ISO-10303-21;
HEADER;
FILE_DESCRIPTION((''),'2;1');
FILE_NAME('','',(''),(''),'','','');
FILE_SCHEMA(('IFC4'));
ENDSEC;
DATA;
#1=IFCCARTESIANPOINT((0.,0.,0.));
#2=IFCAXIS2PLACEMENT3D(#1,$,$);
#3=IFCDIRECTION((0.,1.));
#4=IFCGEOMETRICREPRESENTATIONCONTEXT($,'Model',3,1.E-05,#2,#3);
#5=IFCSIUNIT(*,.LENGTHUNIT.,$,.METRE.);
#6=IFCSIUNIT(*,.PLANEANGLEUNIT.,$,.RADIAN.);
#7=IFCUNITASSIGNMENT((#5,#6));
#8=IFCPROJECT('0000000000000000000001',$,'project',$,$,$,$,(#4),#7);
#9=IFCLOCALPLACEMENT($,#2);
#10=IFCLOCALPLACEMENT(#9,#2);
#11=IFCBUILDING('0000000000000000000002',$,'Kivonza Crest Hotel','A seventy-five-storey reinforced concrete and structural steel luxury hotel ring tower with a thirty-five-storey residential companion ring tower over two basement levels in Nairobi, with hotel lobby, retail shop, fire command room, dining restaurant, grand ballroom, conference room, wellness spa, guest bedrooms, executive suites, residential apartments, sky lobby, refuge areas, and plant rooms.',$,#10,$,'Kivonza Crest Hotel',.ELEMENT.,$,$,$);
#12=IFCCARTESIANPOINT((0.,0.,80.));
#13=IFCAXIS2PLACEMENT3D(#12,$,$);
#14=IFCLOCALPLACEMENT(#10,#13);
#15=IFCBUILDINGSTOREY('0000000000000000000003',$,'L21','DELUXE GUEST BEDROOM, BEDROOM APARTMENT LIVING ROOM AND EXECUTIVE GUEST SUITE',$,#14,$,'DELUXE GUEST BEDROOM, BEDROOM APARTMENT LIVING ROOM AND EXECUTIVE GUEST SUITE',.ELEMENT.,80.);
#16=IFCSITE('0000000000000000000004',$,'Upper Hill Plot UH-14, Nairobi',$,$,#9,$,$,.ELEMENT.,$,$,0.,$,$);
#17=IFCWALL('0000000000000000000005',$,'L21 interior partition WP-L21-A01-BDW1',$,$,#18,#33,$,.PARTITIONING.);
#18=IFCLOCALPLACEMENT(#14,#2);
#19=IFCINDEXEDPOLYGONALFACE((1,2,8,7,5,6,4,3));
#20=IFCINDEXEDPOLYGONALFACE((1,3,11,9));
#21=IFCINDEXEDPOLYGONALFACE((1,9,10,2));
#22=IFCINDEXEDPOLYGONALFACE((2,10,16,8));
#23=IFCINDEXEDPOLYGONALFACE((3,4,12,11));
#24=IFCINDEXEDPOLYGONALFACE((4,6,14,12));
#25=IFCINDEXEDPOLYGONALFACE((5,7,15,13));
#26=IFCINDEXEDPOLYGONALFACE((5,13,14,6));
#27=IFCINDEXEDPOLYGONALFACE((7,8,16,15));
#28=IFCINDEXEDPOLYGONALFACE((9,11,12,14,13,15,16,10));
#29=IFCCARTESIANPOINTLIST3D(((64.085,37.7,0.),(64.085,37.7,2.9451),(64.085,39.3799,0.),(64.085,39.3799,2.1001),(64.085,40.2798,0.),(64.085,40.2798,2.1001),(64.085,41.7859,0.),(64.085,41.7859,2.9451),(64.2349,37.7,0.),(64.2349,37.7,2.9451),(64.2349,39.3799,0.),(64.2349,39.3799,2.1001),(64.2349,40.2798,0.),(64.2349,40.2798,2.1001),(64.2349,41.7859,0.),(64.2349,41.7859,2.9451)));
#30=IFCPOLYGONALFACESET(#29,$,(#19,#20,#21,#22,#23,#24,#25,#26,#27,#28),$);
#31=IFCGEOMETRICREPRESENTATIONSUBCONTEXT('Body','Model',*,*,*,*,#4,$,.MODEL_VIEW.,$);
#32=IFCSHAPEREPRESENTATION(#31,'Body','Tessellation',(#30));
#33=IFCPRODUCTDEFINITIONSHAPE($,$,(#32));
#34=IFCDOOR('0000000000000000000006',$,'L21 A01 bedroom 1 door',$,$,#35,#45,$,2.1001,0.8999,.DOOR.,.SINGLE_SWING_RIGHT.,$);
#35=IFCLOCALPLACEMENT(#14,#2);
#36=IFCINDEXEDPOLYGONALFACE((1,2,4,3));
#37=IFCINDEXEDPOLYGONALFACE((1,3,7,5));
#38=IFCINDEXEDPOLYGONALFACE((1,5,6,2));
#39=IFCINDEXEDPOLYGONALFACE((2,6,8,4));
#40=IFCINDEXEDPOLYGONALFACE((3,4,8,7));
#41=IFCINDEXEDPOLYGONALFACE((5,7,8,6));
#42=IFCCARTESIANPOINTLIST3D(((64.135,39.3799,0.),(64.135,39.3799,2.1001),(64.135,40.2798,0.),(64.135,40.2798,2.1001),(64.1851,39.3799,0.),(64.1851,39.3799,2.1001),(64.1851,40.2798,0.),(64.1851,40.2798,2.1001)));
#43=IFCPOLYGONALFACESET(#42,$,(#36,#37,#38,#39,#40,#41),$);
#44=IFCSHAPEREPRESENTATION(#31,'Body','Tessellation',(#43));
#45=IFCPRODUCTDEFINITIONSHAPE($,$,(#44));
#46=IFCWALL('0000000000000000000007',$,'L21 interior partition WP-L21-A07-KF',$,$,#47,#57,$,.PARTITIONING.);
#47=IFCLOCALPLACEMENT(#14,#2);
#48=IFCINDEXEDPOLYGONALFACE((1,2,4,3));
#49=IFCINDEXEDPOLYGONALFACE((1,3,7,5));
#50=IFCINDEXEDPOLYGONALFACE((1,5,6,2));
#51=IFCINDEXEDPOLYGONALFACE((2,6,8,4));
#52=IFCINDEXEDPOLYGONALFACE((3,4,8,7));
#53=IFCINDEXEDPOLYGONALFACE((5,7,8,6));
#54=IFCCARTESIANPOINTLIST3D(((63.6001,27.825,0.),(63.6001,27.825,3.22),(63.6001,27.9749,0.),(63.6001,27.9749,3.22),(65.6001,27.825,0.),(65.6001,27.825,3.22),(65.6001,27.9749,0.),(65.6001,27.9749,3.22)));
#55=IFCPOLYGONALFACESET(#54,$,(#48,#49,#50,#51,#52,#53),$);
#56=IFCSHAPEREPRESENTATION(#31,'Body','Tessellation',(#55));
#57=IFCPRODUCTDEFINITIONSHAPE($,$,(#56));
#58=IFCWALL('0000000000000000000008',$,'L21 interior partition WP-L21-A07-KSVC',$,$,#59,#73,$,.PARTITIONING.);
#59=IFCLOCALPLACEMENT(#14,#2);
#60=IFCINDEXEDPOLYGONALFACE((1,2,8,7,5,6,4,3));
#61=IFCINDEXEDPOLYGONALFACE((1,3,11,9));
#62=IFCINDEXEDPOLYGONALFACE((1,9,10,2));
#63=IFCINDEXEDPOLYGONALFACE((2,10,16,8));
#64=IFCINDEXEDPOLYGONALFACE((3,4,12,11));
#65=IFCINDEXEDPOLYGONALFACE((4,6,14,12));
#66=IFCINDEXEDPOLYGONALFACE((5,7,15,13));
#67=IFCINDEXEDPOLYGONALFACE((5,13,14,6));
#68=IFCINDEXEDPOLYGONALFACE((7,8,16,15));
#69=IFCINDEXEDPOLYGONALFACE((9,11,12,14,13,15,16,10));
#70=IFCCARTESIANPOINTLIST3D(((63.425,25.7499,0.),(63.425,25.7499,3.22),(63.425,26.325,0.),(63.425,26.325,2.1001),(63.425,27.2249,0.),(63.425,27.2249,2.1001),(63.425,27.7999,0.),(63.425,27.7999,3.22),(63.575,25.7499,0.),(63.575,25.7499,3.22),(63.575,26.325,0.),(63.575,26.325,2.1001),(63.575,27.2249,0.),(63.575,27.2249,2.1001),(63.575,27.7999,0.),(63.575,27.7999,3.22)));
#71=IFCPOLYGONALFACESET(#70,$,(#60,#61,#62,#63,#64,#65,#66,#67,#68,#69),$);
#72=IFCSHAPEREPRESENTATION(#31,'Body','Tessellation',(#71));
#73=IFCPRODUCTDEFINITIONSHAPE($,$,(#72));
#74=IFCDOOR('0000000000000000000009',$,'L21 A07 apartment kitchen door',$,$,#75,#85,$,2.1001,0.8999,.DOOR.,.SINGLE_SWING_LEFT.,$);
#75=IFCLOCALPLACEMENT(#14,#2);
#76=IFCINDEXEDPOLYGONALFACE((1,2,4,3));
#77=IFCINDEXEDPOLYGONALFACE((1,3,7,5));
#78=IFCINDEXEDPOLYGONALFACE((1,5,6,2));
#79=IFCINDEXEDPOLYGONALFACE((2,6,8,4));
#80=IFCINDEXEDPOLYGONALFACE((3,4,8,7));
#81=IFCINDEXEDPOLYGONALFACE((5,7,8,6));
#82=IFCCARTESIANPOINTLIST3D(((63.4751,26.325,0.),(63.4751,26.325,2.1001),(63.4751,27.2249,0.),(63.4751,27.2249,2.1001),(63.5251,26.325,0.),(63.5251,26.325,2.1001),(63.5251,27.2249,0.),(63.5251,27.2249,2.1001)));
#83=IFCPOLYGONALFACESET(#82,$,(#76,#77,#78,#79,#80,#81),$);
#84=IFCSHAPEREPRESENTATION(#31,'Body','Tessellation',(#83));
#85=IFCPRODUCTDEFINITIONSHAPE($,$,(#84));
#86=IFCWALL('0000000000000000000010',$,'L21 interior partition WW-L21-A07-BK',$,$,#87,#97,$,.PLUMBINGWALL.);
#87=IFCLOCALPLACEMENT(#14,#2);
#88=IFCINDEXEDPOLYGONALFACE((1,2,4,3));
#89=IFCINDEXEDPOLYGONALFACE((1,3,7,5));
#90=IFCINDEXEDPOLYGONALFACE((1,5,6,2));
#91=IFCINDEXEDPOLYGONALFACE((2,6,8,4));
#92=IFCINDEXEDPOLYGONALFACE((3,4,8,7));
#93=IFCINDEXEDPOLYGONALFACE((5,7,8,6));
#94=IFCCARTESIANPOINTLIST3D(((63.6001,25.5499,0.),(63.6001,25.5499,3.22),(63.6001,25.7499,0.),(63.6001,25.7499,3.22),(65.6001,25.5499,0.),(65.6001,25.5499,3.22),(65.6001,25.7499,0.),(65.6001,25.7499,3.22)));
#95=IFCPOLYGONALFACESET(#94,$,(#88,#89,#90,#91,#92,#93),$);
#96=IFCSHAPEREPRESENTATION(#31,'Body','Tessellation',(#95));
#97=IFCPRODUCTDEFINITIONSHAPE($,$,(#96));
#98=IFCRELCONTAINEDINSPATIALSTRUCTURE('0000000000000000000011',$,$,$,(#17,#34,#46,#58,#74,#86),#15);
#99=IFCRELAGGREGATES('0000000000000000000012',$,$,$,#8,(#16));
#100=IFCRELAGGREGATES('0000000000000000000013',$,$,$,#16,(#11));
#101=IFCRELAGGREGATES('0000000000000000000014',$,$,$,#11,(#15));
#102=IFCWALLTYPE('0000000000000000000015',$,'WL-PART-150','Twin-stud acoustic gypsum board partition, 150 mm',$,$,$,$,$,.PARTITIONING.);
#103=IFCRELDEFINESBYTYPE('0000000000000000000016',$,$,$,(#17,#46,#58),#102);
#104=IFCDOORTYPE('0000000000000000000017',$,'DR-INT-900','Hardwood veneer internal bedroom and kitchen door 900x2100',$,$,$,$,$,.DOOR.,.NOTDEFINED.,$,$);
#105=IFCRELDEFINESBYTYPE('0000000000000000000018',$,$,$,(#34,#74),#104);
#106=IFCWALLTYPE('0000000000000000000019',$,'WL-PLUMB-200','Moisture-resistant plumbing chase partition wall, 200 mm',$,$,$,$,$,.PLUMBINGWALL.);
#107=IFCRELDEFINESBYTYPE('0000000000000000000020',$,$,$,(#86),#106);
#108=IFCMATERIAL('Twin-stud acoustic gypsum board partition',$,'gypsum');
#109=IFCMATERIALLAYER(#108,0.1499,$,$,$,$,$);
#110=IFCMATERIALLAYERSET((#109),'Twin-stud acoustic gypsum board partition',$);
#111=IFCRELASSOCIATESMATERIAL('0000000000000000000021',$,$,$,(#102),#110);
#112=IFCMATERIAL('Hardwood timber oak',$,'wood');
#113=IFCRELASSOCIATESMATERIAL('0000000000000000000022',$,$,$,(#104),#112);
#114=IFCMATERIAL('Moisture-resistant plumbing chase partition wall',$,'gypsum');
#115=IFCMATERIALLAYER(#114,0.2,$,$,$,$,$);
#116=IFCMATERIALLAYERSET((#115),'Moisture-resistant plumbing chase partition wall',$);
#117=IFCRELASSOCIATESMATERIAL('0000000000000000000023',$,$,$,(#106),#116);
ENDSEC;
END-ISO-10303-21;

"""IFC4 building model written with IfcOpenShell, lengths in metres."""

from ifc_helpers import new_model, si_unit, direction, frame, frame_2d, origin, place, context, subcontext, project, spatial, rectangle, extrude, material, layer, layer_set, type_object, element, fill, save


model = new_model("IFC4")

# Units and contexts
model_context = context("Model", 3, precision=1e-05, world=origin(), true_north=direction((0.0, 1.0)))
body_context = subcontext(model_context, "Body", "Model", "MODEL_VIEW")
ifc_project = project(units=[si_unit("LENGTHUNIT", "METRE"), si_unit("PLANEANGLEUNIT", "RADIAN")], contexts=[model_context])

# Site, building, storey
site_placement = place(None, origin())
site = spatial("IfcSite", under=ifc_project, at=site_placement, Name="Upper Hill Plot UH-14, Nairobi", CompositionType="ELEMENT", RefElevation=0.0)
building_placement = place(site_placement, origin())
building = spatial("IfcBuilding", under=site, at=building_placement, Name="Kivonza Crest Hotel", Description="A seventy-five-storey reinforced concrete and structural steel luxury hotel ring tower with a thirty-five-storey residential companion ring tower over two basement levels in Nairobi, with hotel lobby, retail shop, fire command room, dining restaurant, grand ballroom, conference room, wellness spa, guest bedrooms, executive suites, residential apartments, sky lobby, refuge areas, and plant rooms.", LongName="Kivonza Crest Hotel", CompositionType="ELEMENT")
storey_placement = place(building_placement, frame((0.0, 0.0, 80.0)))
storey = spatial("IfcBuildingStorey", under=building, at=storey_placement, Name="L21", Description="DELUXE GUEST BEDROOM, BEDROOM APARTMENT LIVING ROOM AND EXECUTIVE GUEST SUITE", LongName="DELUXE GUEST BEDROOM, BEDROOM APARTMENT LIVING ROOM AND EXECUTIVE GUEST SUITE", CompositionType="ELEMENT", Elevation=80.0)

# Shared definitions
ifc_material_1 = material(Name="Hardwood timber oak", Category="wood")

# Wall, opening, door
ifc_material_2 = material(Name="Twin-stud acoustic gypsum board partition", Category="gypsum")
ifc_layer_1 = layer(ifc_material_2, 0.1499)
ifc_layer_set_1 = layer_set([ifc_layer_1], Name="Twin-stud acoustic gypsum board partition")
wall_type_1 = type_object("IfcWallType", Name="WL-PART-150", Description="Twin-stud acoustic gypsum board partition, 150 mm", PredefinedType="PARTITIONING", material=ifc_layer_set_1)
wall_1_placement = place(storey_placement, frame((64.1599, 37.7, 0.0), z_axis=(0.0, 0.0, 1.0), x_axis=(0.0, 1.0, 0.0)))
wall_1 = element("IfcWall", 1, at=wall_1_placement, inside=storey, type_object=wall_type_1, Name="L21 interior partition WP-L21-A01-BDW1", PredefinedType="PARTITIONING", context=body_context, shape_type="SweptSolid", body=[
    extrude(rectangle(XDim=4.0859, YDim=0.1499, at=frame_2d((2.043, 0.0))), origin(), (0.0, 0.0, 1.0), 2.9451),
])
opening_1_placement = place(wall_1_placement, frame((1.6799, 0.0, 0.0)))
opening_1 = element("IfcOpeningElement", 2, at=opening_1_placement, cuts=wall_1, PredefinedType="OPENING", context=body_context, shape_type="SweptSolid", body=[
    extrude(rectangle(XDim=0.8999, YDim=2.1001, at=frame_2d((0.45, 1.05))), frame((0.0, 0.085, 0.0), z_axis=(0.0, -1.0, 0.0), x_axis=(1.0, 0.0, 0.0)), (0.0, 0.0, 1.0), 0.1699),
])
door_type_1 = type_object("IfcDoorType", Name="DR-INT-900", Description="Hardwood veneer internal bedroom and kitchen door 900x2100", OperationType="NOTDEFINED", PredefinedType="DOOR", material=ifc_material_1)
door_1_placement = place(opening_1_placement, origin())
door_1 = element("IfcDoor", 3, at=door_1_placement, inside=storey, type_object=door_type_1, Name="L21 A01 bedroom 1 door", OperationType="SINGLE_SWING_RIGHT", OverallHeight=2.1001, OverallWidth=0.8999, PredefinedType="DOOR", context=body_context, shape_type="SweptSolid", body=[
    extrude(rectangle(XDim=0.8999, YDim=2.1001, at=frame_2d((0.45, 1.05))), frame((0.0, 0.0249, 0.0), z_axis=(0.0, -1.0, 0.0), x_axis=(1.0, 0.0, 0.0)), (0.0, 0.0, 1.0), 0.05),
])
fill(opening_1, door_1)

# Wall
wall_2_placement = place(storey_placement, frame((63.6001, 27.8999, 0.0), z_axis=(0.0, 0.0, 1.0), x_axis=(1.0, 0.0, 0.0)))
element("IfcWall", 4, at=wall_2_placement, inside=storey, type_object=wall_type_1, Name="L21 interior partition WP-L21-A07-KF", PredefinedType="PARTITIONING", context=body_context, shape_type="SweptSolid", body=[
    extrude(rectangle(XDim=2.0, YDim=0.1499, at=frame_2d((1.0, 0.0))), origin(), (0.0, 0.0, 1.0), 3.22),
])

# Wall, opening, door
wall_3_placement = place(storey_placement, frame((63.5, 25.75, 0.0), z_axis=(0.0, 0.0, 1.0), x_axis=(0.0, 1.0, 0.0)))
wall_3 = element("IfcWall", 5, at=wall_3_placement, inside=storey, type_object=wall_type_1, Name="L21 interior partition WP-L21-A07-KSVC", PredefinedType="PARTITIONING", context=body_context, shape_type="SweptSolid", body=[
    extrude(rectangle(XDim=2.05, YDim=0.1499, at=frame_2d((1.0249, 0.0))), origin(), (0.0, 0.0, 1.0), 3.22),
])
opening_2_placement = place(wall_3_placement, frame((0.575, 0.0, 0.0)))
opening_2 = element("IfcOpeningElement", 6, at=opening_2_placement, cuts=wall_3, PredefinedType="OPENING", context=body_context, shape_type="SweptSolid", body=[
    extrude(rectangle(XDim=0.8999, YDim=2.1001, at=frame_2d((0.45, 1.05))), frame((0.0, 0.085, 0.0), z_axis=(0.0, -1.0, 0.0), x_axis=(1.0, 0.0, 0.0)), (0.0, 0.0, 1.0), 0.1699),
])
door_2_placement = place(opening_2_placement, origin())
door_2 = element("IfcDoor", 7, at=door_2_placement, inside=storey, type_object=door_type_1, Name="L21 A07 apartment kitchen door", OperationType="SINGLE_SWING_LEFT", OverallHeight=2.1001, OverallWidth=0.8999, PredefinedType="DOOR", context=body_context, shape_type="SweptSolid", body=[
    extrude(rectangle(XDim=0.8999, YDim=2.1001, at=frame_2d((0.45, 1.05))), frame((0.0, 0.0249, 0.0), z_axis=(0.0, -1.0, 0.0), x_axis=(1.0, 0.0, 0.0)), (0.0, 0.0, 1.0), 0.05),
])
fill(opening_2, door_2)

# Wall
ifc_material_3 = material(Name="Moisture-resistant plumbing chase partition wall", Category="gypsum")
ifc_layer_2 = layer(ifc_material_3, 0.2)
ifc_layer_set_2 = layer_set([ifc_layer_2], Name="Moisture-resistant plumbing chase partition wall")
wall_type_2 = type_object("IfcWallType", Name="WL-PLUMB-200", Description="Moisture-resistant plumbing chase partition wall, 200 mm", PredefinedType="PLUMBINGWALL", material=ifc_layer_set_2)
wall_4_placement = place(storey_placement, frame((63.6001, 25.6499, 0.0), z_axis=(0.0, 0.0, 1.0), x_axis=(1.0, 0.0, 0.0)))
element("IfcWall", 8, at=wall_4_placement, inside=storey, type_object=wall_type_2, Name="L21 interior partition WW-L21-A07-BK", PredefinedType="PLUMBINGWALL", context=body_context, shape_type="SweptSolid", body=[
    extrude(rectangle(XDim=2.0, YDim=0.2, at=frame_2d((1.0, 0.0))), origin(), (0.0, 0.0, 1.0), 3.22),
])

save(model, "model.ifc")
